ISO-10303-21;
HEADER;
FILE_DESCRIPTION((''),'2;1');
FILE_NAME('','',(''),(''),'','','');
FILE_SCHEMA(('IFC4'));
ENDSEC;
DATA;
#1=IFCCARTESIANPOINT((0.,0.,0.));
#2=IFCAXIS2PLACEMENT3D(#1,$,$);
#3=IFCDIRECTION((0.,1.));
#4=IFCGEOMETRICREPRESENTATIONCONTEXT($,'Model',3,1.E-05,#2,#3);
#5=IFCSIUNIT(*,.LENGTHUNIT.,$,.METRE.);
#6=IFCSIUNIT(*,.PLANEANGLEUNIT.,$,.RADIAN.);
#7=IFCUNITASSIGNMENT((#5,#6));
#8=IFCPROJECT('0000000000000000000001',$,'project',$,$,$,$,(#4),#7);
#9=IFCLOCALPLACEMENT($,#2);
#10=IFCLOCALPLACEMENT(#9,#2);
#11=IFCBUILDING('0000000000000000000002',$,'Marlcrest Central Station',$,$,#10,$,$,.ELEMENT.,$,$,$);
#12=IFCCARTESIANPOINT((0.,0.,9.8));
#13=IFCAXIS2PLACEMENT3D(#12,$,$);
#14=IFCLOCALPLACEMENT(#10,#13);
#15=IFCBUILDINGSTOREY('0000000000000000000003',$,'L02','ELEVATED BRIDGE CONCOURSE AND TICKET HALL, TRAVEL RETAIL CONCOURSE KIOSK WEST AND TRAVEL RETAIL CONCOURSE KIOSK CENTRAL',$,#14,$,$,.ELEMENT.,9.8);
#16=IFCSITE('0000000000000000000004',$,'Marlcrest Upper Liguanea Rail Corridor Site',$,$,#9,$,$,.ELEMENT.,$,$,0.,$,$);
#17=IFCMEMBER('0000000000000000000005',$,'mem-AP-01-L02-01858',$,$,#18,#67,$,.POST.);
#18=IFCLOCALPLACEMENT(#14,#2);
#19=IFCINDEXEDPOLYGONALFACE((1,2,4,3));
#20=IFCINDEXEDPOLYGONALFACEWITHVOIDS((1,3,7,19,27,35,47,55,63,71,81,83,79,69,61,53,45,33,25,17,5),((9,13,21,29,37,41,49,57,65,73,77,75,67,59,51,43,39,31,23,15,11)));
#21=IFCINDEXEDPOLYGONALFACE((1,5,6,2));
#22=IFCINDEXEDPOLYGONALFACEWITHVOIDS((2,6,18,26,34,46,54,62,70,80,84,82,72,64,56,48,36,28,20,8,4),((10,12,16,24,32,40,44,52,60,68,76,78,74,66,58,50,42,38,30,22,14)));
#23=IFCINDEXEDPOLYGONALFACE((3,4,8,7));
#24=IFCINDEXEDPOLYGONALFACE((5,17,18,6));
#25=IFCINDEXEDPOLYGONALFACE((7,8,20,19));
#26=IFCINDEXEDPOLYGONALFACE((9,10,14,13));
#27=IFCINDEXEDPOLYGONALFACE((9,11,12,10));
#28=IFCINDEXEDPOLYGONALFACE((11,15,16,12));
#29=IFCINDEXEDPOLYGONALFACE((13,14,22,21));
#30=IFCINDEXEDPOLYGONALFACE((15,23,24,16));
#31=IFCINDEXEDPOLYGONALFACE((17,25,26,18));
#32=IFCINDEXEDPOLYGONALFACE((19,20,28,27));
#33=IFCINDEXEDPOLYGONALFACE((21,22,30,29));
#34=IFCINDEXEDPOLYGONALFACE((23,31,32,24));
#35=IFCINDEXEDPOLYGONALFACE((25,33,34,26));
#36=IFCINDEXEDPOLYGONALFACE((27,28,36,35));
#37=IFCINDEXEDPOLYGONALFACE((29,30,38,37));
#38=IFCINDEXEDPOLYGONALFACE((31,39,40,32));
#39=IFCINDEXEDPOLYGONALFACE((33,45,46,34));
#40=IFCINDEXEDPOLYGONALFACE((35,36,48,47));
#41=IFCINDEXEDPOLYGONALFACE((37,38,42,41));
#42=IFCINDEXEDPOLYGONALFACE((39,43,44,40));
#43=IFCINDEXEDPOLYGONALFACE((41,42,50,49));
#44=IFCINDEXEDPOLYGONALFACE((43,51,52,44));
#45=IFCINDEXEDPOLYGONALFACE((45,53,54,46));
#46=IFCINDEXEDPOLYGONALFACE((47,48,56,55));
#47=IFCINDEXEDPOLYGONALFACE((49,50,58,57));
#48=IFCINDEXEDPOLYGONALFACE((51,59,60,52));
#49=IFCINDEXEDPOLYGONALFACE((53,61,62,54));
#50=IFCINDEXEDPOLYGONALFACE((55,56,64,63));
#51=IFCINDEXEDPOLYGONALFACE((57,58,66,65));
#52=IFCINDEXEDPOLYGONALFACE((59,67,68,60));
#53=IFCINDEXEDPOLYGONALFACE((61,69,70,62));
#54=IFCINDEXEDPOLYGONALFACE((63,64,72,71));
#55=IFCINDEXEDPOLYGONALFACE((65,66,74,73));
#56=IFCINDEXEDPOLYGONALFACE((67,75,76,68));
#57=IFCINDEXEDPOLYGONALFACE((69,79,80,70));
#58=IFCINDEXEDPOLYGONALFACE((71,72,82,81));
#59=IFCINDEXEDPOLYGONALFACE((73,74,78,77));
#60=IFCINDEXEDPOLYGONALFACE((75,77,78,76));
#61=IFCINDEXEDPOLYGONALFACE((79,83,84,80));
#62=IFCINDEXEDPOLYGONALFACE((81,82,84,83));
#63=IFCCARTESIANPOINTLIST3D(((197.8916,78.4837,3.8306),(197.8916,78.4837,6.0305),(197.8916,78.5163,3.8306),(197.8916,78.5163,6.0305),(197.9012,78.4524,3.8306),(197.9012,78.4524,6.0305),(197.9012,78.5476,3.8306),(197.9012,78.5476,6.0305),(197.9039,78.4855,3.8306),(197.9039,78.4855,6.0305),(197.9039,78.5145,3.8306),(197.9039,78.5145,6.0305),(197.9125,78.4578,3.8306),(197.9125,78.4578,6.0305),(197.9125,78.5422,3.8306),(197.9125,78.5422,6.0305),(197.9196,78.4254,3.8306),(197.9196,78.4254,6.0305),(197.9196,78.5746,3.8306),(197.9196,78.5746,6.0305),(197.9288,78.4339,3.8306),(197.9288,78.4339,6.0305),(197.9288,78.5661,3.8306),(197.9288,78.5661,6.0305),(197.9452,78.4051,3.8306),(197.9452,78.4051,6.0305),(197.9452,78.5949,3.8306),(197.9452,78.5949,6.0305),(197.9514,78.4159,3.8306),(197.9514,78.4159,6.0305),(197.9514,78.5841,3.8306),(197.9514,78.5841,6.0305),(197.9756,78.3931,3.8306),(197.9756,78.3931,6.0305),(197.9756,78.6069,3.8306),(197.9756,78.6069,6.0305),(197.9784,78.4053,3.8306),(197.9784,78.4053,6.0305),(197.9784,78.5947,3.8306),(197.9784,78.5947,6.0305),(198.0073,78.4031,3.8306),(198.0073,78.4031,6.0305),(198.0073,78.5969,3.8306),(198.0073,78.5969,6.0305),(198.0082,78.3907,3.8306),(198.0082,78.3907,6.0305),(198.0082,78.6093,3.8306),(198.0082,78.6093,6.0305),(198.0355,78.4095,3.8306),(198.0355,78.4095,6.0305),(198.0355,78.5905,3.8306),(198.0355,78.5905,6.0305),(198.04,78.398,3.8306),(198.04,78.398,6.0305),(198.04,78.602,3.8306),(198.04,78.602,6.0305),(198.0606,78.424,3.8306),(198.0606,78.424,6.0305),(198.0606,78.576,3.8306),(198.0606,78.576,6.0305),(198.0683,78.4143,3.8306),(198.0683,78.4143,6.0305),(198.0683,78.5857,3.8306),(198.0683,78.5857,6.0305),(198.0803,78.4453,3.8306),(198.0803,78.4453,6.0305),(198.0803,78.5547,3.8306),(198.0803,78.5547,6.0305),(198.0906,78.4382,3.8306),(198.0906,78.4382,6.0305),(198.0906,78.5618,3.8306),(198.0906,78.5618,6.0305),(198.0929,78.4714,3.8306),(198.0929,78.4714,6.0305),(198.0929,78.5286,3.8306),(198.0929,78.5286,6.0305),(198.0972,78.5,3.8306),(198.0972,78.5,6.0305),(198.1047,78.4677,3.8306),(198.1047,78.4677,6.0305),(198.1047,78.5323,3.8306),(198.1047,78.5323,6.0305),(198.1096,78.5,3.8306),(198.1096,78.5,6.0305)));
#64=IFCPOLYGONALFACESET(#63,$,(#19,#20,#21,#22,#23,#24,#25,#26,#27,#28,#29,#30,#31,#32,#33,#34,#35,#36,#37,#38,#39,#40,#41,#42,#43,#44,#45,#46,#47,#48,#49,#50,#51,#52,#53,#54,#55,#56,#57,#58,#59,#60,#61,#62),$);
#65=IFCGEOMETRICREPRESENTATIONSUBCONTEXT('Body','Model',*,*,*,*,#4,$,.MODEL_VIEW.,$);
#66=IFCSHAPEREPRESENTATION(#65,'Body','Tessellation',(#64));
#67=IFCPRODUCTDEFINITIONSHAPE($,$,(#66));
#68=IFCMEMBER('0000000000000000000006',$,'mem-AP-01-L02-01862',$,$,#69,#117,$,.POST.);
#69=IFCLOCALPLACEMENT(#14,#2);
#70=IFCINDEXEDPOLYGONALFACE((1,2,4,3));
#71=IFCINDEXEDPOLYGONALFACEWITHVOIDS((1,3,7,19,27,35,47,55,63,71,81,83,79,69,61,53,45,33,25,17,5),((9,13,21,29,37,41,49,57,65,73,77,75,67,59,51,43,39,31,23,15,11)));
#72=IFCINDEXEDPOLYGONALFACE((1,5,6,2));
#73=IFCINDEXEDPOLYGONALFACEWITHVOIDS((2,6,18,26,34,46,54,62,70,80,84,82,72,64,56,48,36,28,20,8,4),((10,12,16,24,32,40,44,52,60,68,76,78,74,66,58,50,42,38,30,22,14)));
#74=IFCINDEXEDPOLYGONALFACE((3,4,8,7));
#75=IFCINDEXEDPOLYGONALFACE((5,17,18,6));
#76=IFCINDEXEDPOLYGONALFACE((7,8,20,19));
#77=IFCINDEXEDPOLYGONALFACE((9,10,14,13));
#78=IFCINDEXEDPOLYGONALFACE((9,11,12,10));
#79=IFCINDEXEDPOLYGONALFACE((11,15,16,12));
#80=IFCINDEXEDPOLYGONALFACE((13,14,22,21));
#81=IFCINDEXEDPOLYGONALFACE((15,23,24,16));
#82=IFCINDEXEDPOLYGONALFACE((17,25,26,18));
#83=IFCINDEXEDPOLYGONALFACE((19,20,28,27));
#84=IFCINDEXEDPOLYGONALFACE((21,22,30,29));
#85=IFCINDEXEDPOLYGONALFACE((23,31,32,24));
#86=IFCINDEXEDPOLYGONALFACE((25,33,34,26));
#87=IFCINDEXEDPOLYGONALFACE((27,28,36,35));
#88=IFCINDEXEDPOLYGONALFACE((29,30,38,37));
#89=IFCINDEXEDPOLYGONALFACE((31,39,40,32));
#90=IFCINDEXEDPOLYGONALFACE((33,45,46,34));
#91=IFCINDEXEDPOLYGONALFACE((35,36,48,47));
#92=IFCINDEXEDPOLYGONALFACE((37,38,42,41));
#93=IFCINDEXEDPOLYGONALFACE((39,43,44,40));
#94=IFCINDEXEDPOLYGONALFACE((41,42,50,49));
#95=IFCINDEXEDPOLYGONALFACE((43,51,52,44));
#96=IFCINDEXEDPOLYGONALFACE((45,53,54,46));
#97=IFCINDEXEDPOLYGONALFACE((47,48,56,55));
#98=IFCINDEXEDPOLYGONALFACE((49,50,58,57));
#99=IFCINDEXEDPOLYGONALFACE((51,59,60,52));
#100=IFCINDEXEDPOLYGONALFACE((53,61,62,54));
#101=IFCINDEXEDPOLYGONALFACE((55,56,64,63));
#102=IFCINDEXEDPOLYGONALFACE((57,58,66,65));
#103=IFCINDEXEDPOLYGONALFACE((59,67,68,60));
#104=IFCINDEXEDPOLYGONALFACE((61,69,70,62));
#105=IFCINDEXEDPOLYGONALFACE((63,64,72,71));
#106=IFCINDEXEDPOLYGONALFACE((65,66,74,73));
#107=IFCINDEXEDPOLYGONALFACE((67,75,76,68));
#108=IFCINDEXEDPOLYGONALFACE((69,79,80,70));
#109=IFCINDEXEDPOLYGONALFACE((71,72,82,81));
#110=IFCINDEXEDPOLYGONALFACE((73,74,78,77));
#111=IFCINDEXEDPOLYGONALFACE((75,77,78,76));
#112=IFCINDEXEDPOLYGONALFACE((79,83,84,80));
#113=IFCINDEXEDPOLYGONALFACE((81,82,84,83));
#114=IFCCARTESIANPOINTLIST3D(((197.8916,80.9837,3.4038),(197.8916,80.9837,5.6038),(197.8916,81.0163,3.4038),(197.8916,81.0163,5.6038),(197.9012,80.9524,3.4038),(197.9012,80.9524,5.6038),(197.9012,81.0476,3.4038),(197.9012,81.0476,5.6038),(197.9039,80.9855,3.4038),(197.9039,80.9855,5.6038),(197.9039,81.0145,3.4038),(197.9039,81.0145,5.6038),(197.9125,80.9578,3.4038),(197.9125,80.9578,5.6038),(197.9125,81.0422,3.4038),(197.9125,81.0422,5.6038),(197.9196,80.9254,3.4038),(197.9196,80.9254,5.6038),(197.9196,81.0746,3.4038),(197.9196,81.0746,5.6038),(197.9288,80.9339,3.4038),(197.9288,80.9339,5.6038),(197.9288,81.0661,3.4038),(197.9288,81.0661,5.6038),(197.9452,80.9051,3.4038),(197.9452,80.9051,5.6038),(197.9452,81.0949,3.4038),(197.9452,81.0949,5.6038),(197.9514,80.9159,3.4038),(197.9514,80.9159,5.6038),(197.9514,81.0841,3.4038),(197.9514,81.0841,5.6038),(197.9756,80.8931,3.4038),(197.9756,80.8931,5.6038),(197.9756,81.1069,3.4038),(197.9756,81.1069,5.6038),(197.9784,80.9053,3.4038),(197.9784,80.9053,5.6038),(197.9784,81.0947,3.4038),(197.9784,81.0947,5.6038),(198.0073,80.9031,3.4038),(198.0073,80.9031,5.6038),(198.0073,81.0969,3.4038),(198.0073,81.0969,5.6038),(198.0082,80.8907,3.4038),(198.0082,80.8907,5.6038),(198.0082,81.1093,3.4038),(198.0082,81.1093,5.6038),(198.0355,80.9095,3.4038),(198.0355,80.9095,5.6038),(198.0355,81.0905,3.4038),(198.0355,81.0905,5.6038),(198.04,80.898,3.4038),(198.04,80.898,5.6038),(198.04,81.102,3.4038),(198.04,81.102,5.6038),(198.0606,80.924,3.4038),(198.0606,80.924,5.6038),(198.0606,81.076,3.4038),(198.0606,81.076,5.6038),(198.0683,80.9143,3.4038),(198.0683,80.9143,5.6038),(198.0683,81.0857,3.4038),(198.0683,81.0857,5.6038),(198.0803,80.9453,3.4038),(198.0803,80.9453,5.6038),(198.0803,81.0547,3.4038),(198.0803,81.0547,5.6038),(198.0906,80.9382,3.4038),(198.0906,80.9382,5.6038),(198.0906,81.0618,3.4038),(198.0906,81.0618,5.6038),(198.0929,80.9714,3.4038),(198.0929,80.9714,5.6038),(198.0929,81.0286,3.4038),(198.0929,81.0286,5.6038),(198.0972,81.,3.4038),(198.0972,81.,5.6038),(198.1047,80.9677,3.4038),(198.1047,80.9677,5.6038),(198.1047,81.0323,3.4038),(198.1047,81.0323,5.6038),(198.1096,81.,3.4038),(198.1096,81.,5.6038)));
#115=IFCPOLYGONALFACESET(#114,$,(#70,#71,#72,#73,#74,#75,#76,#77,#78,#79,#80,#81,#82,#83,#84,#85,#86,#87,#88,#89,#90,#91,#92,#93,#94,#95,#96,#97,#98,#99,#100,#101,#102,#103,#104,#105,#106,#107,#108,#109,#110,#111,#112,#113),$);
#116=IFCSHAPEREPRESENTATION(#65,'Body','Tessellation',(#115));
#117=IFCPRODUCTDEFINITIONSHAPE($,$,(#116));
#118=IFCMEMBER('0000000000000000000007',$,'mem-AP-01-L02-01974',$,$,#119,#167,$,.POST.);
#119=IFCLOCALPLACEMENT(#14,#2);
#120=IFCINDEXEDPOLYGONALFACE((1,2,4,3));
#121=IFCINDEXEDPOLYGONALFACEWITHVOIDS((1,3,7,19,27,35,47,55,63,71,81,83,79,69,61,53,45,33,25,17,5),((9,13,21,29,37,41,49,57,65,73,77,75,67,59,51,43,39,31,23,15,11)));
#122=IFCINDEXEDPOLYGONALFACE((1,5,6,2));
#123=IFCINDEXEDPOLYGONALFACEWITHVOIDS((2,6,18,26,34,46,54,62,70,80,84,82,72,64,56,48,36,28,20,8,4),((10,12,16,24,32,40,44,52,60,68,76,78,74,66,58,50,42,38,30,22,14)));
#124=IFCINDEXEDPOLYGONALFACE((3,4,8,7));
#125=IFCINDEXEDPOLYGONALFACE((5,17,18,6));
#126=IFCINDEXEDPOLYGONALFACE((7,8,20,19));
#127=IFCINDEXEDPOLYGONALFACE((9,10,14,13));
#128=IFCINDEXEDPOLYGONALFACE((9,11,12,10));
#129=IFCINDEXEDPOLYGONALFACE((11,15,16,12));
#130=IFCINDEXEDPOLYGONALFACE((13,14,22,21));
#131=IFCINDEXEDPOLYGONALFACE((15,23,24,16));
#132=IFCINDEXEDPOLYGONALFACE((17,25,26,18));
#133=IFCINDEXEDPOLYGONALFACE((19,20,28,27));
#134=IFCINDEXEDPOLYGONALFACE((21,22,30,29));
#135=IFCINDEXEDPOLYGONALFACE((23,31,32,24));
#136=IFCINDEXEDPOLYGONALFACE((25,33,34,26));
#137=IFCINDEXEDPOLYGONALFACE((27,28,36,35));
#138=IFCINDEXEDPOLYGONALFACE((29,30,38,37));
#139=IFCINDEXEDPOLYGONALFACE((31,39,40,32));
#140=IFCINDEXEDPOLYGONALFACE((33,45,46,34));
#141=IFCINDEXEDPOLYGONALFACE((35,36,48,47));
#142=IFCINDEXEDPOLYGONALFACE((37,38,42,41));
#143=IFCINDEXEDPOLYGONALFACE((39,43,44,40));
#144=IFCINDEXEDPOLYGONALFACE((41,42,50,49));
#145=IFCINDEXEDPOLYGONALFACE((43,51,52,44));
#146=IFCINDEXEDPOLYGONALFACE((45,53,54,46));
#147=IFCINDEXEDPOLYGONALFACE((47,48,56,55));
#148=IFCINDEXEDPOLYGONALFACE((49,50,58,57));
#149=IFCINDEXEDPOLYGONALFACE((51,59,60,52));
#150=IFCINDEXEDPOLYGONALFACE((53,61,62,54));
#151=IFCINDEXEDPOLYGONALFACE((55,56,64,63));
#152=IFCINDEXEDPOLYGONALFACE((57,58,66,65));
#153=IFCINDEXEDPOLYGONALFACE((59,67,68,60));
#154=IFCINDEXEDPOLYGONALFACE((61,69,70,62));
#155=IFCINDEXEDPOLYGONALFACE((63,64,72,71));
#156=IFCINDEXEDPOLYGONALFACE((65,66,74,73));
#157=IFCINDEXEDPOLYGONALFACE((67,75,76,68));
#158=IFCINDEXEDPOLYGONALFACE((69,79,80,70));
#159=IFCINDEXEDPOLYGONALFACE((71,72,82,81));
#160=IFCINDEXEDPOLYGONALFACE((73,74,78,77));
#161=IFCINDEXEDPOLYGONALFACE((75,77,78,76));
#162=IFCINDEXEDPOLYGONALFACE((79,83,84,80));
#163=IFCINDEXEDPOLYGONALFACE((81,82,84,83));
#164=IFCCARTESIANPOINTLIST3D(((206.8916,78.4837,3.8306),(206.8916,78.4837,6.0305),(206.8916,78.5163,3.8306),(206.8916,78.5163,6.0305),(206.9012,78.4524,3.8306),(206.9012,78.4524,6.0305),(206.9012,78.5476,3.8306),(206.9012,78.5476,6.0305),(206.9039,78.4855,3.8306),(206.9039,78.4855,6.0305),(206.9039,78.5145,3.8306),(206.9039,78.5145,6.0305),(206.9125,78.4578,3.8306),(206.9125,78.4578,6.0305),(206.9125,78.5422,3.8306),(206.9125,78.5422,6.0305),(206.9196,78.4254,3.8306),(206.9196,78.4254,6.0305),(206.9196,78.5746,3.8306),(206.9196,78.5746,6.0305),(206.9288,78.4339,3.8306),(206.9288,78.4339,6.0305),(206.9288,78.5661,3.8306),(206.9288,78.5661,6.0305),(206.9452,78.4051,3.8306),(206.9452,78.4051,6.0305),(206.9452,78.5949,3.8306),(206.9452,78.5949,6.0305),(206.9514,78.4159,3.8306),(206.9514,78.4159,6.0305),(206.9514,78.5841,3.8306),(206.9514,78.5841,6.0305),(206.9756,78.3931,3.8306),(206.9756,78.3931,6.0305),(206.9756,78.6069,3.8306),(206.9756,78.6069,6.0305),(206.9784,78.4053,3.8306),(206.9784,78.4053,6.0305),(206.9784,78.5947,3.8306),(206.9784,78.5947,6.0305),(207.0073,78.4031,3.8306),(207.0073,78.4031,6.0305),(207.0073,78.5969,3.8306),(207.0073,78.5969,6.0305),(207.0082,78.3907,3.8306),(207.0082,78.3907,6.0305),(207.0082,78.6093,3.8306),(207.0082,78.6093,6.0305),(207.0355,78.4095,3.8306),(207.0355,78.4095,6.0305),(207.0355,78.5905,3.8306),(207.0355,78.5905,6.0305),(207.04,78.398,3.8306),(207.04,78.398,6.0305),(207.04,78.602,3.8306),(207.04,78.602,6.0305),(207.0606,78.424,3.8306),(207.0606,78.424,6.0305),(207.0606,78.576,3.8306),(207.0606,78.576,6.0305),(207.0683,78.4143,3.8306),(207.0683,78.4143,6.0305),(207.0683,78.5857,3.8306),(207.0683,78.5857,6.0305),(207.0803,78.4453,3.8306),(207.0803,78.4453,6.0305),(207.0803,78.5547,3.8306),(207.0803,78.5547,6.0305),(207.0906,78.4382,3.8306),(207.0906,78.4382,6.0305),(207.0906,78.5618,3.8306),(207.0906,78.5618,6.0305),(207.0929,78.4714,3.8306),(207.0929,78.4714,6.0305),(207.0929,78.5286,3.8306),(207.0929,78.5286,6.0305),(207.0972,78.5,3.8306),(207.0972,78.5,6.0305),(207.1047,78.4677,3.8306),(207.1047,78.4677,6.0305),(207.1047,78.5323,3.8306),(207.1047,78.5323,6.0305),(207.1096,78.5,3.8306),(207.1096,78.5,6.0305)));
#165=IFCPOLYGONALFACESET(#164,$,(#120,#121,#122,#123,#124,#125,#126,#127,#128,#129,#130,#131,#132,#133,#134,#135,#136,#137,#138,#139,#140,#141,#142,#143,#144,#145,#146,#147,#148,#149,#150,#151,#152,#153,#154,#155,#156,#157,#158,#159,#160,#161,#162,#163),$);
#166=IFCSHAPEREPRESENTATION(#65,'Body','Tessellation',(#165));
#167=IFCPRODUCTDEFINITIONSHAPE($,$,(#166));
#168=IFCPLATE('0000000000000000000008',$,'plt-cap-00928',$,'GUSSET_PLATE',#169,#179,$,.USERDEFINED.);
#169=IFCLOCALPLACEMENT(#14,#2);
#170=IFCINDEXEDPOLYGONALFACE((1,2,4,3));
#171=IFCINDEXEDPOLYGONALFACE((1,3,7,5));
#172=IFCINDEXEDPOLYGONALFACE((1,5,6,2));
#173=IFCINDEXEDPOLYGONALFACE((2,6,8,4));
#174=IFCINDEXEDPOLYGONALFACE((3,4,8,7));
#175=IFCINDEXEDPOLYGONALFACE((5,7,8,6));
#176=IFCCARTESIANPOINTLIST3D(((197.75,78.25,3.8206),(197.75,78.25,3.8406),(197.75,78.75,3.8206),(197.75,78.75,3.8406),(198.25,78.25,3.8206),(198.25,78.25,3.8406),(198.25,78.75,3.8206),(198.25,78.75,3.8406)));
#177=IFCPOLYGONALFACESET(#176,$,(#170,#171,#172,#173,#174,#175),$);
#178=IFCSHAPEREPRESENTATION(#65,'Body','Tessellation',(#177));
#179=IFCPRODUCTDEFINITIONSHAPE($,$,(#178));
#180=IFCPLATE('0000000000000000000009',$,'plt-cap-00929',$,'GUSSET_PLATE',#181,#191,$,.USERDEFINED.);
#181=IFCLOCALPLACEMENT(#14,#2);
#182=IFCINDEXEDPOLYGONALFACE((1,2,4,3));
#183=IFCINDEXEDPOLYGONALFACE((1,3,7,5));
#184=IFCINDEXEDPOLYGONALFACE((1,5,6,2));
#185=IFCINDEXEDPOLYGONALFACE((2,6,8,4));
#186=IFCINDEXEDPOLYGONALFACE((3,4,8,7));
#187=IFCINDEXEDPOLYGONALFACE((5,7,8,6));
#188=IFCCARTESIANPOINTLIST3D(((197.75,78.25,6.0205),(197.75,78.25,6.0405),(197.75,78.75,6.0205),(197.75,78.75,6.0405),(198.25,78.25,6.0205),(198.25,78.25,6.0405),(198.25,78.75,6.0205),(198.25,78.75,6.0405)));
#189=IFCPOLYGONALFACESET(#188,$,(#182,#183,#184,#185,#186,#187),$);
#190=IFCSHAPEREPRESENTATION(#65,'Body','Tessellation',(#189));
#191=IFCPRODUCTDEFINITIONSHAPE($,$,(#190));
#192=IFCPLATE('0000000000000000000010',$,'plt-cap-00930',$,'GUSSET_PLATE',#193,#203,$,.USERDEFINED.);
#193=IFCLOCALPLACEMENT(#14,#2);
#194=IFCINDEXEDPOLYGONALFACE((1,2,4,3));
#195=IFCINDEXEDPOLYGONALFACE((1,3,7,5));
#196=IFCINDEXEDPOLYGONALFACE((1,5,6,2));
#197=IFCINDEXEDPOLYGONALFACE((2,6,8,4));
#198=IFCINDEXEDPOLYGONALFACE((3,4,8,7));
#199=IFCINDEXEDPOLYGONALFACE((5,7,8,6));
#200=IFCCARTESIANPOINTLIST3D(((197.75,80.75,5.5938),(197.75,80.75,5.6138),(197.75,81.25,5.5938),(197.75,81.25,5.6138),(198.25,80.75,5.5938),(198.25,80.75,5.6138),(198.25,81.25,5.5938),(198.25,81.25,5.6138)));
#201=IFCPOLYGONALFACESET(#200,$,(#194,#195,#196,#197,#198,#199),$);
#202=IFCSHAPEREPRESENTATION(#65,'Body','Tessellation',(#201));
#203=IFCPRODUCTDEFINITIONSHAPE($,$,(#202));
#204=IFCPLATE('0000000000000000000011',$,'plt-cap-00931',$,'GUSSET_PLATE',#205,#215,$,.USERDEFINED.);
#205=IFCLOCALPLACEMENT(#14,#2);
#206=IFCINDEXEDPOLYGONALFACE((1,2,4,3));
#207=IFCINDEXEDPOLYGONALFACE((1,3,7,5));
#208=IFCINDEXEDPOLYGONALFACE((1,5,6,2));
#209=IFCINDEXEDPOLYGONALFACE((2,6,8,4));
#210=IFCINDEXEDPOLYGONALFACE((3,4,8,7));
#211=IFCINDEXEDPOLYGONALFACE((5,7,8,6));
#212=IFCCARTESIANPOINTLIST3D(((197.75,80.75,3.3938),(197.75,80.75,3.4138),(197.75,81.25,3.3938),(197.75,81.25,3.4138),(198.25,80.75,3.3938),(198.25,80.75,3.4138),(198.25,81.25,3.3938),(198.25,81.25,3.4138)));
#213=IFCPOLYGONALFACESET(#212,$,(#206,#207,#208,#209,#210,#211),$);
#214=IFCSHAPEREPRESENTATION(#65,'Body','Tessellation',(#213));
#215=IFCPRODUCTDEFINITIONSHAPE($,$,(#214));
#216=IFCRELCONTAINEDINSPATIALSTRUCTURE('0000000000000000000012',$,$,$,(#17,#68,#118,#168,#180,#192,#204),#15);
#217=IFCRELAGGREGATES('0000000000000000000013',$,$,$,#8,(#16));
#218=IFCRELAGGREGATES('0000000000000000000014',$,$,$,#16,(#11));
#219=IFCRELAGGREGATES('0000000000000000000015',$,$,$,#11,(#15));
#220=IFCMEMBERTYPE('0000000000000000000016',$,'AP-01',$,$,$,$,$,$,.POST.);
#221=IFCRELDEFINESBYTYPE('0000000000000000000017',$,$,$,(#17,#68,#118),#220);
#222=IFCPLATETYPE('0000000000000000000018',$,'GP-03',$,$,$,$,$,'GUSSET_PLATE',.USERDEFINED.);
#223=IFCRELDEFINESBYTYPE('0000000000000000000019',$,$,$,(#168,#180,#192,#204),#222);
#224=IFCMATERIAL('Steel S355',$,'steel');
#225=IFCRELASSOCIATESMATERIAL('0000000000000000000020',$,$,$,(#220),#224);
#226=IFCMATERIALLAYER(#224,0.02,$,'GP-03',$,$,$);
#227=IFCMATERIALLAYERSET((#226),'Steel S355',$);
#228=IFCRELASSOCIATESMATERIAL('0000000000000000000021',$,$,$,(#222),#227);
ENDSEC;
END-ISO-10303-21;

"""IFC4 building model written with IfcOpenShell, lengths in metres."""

from ifc_helpers import new_model, si_unit, direction, frame, origin, origin_2d, place, context, subcontext, project, spatial, rectangle, hollow_circle, extrude, material, layer, layer_set, material_profile, profile_set, type_object, element, save


model = new_model("IFC4")

# Units and contexts
model_context = context("Model", 3, precision=1e-05, world=origin(), true_north=direction((0.0, 1.0)))
body_context = subcontext(model_context, "Body", "Model", "MODEL_VIEW")
ifc_project = project(units=[si_unit("LENGTHUNIT", "METRE"), si_unit("PLANEANGLEUNIT", "RADIAN")], contexts=[model_context])

# Site, building, storey
site_placement = place(None, origin())
site = spatial("IfcSite", under=ifc_project, at=site_placement, Name="Marlcrest Upper Liguanea Rail Corridor Site", CompositionType="ELEMENT", RefElevation=0.0)
building_placement = place(site_placement, origin())
building = spatial("IfcBuilding", under=site, at=building_placement, Name="Marlcrest Central Station", CompositionType="ELEMENT")
storey_placement = place(building_placement, frame((0.0, 0.0, 9.8)))
storey = spatial("IfcBuildingStorey", under=building, at=storey_placement, Name="L02", Description="ELEVATED BRIDGE CONCOURSE AND TICKET HALL, TRAVEL RETAIL CONCOURSE KIOSK WEST AND TRAVEL RETAIL CONCOURSE KIOSK CENTRAL", CompositionType="ELEMENT", Elevation=9.8)

# Members
ifc_material_1 = material(Name="Steel S355", Category="steel")
ifc_material_profile_1 = material_profile(ifc_material_1, hollow_circle(Radius=0.1096, WallThickness=0.0125, at=origin_2d()), Name="CHS 219.1x12.5")
ifc_profile_set_1 = profile_set([ifc_material_profile_1], Name="Steel S355")
member_type_1 = type_object("IfcMemberType", Name="AP-01", PredefinedType="POST", material=ifc_profile_set_1)
for number, where, z_axis, x_axis, name in (
    (1, (198.0, 78.5, 3.8306), (0.0, 0.0, 1.0), (1.0, 0.0, 0.0), "mem-AP-01-L02-01858"),
    (2, (198.0, 81.0, 3.4038), (0.0, 0.0, 1.0), (1.0, 0.0, 0.0), "mem-AP-01-L02-01862"),
    (3, (207.0, 78.5, 3.8306), (0.0, 0.0, 1.0), (1.0, 0.0, 0.0), "mem-AP-01-L02-01974"),
):
    element("IfcMember", number, at=place(storey_placement, frame(where, z_axis=z_axis, x_axis=x_axis)), inside=storey, type_object=member_type_1, Name=name, PredefinedType="POST", context=body_context, shape_type="SweptSolid", body=[
        extrude(hollow_circle(Radius=0.1096, WallThickness=0.0125, at=origin_2d()), origin(), (0.0, 0.0, 1.0), 2.2),
    ])

# Plates
ifc_layer_1 = layer(ifc_material_1, 0.02, Name="GP-03")
ifc_layer_set_1 = layer_set([ifc_layer_1], Name="Steel S355")
plate_type = type_object("IfcPlateType", Name="GP-03", ElementType="GUSSET_PLATE", PredefinedType="USERDEFINED", material=ifc_layer_set_1)
for number, where, z_axis, x_axis, name in (
    (4, (198.0, 78.5, 3.8206), (0.0, 0.0, 1.0), (1.0, 0.0, 0.0), "plt-cap-00928"),
    (5, (198.0, 78.5, 6.0205), (0.0, 0.0, 1.0), (1.0, 0.0, 0.0), "plt-cap-00929"),
    (6, (198.0, 81.0, 5.5938), (0.0, 0.0, 1.0), (1.0, 0.0, 0.0), "plt-cap-00930"),
    (7, (198.0, 81.0, 3.3938), (0.0, 0.0, 1.0), (1.0, 0.0, 0.0), "plt-cap-00931"),
):
    element("IfcPlate", number, at=place(storey_placement, frame(where, z_axis=z_axis, x_axis=x_axis)), inside=storey, type_object=plate_type, Name=name, ObjectType="GUSSET_PLATE", PredefinedType="USERDEFINED", context=body_context, shape_type="SweptSolid", body=[
        extrude(rectangle(XDim=0.5, YDim=0.5, at=origin_2d()), origin(), (0.0, 0.0, 1.0), 0.02),
    ])

save(model, "model.ifc")
